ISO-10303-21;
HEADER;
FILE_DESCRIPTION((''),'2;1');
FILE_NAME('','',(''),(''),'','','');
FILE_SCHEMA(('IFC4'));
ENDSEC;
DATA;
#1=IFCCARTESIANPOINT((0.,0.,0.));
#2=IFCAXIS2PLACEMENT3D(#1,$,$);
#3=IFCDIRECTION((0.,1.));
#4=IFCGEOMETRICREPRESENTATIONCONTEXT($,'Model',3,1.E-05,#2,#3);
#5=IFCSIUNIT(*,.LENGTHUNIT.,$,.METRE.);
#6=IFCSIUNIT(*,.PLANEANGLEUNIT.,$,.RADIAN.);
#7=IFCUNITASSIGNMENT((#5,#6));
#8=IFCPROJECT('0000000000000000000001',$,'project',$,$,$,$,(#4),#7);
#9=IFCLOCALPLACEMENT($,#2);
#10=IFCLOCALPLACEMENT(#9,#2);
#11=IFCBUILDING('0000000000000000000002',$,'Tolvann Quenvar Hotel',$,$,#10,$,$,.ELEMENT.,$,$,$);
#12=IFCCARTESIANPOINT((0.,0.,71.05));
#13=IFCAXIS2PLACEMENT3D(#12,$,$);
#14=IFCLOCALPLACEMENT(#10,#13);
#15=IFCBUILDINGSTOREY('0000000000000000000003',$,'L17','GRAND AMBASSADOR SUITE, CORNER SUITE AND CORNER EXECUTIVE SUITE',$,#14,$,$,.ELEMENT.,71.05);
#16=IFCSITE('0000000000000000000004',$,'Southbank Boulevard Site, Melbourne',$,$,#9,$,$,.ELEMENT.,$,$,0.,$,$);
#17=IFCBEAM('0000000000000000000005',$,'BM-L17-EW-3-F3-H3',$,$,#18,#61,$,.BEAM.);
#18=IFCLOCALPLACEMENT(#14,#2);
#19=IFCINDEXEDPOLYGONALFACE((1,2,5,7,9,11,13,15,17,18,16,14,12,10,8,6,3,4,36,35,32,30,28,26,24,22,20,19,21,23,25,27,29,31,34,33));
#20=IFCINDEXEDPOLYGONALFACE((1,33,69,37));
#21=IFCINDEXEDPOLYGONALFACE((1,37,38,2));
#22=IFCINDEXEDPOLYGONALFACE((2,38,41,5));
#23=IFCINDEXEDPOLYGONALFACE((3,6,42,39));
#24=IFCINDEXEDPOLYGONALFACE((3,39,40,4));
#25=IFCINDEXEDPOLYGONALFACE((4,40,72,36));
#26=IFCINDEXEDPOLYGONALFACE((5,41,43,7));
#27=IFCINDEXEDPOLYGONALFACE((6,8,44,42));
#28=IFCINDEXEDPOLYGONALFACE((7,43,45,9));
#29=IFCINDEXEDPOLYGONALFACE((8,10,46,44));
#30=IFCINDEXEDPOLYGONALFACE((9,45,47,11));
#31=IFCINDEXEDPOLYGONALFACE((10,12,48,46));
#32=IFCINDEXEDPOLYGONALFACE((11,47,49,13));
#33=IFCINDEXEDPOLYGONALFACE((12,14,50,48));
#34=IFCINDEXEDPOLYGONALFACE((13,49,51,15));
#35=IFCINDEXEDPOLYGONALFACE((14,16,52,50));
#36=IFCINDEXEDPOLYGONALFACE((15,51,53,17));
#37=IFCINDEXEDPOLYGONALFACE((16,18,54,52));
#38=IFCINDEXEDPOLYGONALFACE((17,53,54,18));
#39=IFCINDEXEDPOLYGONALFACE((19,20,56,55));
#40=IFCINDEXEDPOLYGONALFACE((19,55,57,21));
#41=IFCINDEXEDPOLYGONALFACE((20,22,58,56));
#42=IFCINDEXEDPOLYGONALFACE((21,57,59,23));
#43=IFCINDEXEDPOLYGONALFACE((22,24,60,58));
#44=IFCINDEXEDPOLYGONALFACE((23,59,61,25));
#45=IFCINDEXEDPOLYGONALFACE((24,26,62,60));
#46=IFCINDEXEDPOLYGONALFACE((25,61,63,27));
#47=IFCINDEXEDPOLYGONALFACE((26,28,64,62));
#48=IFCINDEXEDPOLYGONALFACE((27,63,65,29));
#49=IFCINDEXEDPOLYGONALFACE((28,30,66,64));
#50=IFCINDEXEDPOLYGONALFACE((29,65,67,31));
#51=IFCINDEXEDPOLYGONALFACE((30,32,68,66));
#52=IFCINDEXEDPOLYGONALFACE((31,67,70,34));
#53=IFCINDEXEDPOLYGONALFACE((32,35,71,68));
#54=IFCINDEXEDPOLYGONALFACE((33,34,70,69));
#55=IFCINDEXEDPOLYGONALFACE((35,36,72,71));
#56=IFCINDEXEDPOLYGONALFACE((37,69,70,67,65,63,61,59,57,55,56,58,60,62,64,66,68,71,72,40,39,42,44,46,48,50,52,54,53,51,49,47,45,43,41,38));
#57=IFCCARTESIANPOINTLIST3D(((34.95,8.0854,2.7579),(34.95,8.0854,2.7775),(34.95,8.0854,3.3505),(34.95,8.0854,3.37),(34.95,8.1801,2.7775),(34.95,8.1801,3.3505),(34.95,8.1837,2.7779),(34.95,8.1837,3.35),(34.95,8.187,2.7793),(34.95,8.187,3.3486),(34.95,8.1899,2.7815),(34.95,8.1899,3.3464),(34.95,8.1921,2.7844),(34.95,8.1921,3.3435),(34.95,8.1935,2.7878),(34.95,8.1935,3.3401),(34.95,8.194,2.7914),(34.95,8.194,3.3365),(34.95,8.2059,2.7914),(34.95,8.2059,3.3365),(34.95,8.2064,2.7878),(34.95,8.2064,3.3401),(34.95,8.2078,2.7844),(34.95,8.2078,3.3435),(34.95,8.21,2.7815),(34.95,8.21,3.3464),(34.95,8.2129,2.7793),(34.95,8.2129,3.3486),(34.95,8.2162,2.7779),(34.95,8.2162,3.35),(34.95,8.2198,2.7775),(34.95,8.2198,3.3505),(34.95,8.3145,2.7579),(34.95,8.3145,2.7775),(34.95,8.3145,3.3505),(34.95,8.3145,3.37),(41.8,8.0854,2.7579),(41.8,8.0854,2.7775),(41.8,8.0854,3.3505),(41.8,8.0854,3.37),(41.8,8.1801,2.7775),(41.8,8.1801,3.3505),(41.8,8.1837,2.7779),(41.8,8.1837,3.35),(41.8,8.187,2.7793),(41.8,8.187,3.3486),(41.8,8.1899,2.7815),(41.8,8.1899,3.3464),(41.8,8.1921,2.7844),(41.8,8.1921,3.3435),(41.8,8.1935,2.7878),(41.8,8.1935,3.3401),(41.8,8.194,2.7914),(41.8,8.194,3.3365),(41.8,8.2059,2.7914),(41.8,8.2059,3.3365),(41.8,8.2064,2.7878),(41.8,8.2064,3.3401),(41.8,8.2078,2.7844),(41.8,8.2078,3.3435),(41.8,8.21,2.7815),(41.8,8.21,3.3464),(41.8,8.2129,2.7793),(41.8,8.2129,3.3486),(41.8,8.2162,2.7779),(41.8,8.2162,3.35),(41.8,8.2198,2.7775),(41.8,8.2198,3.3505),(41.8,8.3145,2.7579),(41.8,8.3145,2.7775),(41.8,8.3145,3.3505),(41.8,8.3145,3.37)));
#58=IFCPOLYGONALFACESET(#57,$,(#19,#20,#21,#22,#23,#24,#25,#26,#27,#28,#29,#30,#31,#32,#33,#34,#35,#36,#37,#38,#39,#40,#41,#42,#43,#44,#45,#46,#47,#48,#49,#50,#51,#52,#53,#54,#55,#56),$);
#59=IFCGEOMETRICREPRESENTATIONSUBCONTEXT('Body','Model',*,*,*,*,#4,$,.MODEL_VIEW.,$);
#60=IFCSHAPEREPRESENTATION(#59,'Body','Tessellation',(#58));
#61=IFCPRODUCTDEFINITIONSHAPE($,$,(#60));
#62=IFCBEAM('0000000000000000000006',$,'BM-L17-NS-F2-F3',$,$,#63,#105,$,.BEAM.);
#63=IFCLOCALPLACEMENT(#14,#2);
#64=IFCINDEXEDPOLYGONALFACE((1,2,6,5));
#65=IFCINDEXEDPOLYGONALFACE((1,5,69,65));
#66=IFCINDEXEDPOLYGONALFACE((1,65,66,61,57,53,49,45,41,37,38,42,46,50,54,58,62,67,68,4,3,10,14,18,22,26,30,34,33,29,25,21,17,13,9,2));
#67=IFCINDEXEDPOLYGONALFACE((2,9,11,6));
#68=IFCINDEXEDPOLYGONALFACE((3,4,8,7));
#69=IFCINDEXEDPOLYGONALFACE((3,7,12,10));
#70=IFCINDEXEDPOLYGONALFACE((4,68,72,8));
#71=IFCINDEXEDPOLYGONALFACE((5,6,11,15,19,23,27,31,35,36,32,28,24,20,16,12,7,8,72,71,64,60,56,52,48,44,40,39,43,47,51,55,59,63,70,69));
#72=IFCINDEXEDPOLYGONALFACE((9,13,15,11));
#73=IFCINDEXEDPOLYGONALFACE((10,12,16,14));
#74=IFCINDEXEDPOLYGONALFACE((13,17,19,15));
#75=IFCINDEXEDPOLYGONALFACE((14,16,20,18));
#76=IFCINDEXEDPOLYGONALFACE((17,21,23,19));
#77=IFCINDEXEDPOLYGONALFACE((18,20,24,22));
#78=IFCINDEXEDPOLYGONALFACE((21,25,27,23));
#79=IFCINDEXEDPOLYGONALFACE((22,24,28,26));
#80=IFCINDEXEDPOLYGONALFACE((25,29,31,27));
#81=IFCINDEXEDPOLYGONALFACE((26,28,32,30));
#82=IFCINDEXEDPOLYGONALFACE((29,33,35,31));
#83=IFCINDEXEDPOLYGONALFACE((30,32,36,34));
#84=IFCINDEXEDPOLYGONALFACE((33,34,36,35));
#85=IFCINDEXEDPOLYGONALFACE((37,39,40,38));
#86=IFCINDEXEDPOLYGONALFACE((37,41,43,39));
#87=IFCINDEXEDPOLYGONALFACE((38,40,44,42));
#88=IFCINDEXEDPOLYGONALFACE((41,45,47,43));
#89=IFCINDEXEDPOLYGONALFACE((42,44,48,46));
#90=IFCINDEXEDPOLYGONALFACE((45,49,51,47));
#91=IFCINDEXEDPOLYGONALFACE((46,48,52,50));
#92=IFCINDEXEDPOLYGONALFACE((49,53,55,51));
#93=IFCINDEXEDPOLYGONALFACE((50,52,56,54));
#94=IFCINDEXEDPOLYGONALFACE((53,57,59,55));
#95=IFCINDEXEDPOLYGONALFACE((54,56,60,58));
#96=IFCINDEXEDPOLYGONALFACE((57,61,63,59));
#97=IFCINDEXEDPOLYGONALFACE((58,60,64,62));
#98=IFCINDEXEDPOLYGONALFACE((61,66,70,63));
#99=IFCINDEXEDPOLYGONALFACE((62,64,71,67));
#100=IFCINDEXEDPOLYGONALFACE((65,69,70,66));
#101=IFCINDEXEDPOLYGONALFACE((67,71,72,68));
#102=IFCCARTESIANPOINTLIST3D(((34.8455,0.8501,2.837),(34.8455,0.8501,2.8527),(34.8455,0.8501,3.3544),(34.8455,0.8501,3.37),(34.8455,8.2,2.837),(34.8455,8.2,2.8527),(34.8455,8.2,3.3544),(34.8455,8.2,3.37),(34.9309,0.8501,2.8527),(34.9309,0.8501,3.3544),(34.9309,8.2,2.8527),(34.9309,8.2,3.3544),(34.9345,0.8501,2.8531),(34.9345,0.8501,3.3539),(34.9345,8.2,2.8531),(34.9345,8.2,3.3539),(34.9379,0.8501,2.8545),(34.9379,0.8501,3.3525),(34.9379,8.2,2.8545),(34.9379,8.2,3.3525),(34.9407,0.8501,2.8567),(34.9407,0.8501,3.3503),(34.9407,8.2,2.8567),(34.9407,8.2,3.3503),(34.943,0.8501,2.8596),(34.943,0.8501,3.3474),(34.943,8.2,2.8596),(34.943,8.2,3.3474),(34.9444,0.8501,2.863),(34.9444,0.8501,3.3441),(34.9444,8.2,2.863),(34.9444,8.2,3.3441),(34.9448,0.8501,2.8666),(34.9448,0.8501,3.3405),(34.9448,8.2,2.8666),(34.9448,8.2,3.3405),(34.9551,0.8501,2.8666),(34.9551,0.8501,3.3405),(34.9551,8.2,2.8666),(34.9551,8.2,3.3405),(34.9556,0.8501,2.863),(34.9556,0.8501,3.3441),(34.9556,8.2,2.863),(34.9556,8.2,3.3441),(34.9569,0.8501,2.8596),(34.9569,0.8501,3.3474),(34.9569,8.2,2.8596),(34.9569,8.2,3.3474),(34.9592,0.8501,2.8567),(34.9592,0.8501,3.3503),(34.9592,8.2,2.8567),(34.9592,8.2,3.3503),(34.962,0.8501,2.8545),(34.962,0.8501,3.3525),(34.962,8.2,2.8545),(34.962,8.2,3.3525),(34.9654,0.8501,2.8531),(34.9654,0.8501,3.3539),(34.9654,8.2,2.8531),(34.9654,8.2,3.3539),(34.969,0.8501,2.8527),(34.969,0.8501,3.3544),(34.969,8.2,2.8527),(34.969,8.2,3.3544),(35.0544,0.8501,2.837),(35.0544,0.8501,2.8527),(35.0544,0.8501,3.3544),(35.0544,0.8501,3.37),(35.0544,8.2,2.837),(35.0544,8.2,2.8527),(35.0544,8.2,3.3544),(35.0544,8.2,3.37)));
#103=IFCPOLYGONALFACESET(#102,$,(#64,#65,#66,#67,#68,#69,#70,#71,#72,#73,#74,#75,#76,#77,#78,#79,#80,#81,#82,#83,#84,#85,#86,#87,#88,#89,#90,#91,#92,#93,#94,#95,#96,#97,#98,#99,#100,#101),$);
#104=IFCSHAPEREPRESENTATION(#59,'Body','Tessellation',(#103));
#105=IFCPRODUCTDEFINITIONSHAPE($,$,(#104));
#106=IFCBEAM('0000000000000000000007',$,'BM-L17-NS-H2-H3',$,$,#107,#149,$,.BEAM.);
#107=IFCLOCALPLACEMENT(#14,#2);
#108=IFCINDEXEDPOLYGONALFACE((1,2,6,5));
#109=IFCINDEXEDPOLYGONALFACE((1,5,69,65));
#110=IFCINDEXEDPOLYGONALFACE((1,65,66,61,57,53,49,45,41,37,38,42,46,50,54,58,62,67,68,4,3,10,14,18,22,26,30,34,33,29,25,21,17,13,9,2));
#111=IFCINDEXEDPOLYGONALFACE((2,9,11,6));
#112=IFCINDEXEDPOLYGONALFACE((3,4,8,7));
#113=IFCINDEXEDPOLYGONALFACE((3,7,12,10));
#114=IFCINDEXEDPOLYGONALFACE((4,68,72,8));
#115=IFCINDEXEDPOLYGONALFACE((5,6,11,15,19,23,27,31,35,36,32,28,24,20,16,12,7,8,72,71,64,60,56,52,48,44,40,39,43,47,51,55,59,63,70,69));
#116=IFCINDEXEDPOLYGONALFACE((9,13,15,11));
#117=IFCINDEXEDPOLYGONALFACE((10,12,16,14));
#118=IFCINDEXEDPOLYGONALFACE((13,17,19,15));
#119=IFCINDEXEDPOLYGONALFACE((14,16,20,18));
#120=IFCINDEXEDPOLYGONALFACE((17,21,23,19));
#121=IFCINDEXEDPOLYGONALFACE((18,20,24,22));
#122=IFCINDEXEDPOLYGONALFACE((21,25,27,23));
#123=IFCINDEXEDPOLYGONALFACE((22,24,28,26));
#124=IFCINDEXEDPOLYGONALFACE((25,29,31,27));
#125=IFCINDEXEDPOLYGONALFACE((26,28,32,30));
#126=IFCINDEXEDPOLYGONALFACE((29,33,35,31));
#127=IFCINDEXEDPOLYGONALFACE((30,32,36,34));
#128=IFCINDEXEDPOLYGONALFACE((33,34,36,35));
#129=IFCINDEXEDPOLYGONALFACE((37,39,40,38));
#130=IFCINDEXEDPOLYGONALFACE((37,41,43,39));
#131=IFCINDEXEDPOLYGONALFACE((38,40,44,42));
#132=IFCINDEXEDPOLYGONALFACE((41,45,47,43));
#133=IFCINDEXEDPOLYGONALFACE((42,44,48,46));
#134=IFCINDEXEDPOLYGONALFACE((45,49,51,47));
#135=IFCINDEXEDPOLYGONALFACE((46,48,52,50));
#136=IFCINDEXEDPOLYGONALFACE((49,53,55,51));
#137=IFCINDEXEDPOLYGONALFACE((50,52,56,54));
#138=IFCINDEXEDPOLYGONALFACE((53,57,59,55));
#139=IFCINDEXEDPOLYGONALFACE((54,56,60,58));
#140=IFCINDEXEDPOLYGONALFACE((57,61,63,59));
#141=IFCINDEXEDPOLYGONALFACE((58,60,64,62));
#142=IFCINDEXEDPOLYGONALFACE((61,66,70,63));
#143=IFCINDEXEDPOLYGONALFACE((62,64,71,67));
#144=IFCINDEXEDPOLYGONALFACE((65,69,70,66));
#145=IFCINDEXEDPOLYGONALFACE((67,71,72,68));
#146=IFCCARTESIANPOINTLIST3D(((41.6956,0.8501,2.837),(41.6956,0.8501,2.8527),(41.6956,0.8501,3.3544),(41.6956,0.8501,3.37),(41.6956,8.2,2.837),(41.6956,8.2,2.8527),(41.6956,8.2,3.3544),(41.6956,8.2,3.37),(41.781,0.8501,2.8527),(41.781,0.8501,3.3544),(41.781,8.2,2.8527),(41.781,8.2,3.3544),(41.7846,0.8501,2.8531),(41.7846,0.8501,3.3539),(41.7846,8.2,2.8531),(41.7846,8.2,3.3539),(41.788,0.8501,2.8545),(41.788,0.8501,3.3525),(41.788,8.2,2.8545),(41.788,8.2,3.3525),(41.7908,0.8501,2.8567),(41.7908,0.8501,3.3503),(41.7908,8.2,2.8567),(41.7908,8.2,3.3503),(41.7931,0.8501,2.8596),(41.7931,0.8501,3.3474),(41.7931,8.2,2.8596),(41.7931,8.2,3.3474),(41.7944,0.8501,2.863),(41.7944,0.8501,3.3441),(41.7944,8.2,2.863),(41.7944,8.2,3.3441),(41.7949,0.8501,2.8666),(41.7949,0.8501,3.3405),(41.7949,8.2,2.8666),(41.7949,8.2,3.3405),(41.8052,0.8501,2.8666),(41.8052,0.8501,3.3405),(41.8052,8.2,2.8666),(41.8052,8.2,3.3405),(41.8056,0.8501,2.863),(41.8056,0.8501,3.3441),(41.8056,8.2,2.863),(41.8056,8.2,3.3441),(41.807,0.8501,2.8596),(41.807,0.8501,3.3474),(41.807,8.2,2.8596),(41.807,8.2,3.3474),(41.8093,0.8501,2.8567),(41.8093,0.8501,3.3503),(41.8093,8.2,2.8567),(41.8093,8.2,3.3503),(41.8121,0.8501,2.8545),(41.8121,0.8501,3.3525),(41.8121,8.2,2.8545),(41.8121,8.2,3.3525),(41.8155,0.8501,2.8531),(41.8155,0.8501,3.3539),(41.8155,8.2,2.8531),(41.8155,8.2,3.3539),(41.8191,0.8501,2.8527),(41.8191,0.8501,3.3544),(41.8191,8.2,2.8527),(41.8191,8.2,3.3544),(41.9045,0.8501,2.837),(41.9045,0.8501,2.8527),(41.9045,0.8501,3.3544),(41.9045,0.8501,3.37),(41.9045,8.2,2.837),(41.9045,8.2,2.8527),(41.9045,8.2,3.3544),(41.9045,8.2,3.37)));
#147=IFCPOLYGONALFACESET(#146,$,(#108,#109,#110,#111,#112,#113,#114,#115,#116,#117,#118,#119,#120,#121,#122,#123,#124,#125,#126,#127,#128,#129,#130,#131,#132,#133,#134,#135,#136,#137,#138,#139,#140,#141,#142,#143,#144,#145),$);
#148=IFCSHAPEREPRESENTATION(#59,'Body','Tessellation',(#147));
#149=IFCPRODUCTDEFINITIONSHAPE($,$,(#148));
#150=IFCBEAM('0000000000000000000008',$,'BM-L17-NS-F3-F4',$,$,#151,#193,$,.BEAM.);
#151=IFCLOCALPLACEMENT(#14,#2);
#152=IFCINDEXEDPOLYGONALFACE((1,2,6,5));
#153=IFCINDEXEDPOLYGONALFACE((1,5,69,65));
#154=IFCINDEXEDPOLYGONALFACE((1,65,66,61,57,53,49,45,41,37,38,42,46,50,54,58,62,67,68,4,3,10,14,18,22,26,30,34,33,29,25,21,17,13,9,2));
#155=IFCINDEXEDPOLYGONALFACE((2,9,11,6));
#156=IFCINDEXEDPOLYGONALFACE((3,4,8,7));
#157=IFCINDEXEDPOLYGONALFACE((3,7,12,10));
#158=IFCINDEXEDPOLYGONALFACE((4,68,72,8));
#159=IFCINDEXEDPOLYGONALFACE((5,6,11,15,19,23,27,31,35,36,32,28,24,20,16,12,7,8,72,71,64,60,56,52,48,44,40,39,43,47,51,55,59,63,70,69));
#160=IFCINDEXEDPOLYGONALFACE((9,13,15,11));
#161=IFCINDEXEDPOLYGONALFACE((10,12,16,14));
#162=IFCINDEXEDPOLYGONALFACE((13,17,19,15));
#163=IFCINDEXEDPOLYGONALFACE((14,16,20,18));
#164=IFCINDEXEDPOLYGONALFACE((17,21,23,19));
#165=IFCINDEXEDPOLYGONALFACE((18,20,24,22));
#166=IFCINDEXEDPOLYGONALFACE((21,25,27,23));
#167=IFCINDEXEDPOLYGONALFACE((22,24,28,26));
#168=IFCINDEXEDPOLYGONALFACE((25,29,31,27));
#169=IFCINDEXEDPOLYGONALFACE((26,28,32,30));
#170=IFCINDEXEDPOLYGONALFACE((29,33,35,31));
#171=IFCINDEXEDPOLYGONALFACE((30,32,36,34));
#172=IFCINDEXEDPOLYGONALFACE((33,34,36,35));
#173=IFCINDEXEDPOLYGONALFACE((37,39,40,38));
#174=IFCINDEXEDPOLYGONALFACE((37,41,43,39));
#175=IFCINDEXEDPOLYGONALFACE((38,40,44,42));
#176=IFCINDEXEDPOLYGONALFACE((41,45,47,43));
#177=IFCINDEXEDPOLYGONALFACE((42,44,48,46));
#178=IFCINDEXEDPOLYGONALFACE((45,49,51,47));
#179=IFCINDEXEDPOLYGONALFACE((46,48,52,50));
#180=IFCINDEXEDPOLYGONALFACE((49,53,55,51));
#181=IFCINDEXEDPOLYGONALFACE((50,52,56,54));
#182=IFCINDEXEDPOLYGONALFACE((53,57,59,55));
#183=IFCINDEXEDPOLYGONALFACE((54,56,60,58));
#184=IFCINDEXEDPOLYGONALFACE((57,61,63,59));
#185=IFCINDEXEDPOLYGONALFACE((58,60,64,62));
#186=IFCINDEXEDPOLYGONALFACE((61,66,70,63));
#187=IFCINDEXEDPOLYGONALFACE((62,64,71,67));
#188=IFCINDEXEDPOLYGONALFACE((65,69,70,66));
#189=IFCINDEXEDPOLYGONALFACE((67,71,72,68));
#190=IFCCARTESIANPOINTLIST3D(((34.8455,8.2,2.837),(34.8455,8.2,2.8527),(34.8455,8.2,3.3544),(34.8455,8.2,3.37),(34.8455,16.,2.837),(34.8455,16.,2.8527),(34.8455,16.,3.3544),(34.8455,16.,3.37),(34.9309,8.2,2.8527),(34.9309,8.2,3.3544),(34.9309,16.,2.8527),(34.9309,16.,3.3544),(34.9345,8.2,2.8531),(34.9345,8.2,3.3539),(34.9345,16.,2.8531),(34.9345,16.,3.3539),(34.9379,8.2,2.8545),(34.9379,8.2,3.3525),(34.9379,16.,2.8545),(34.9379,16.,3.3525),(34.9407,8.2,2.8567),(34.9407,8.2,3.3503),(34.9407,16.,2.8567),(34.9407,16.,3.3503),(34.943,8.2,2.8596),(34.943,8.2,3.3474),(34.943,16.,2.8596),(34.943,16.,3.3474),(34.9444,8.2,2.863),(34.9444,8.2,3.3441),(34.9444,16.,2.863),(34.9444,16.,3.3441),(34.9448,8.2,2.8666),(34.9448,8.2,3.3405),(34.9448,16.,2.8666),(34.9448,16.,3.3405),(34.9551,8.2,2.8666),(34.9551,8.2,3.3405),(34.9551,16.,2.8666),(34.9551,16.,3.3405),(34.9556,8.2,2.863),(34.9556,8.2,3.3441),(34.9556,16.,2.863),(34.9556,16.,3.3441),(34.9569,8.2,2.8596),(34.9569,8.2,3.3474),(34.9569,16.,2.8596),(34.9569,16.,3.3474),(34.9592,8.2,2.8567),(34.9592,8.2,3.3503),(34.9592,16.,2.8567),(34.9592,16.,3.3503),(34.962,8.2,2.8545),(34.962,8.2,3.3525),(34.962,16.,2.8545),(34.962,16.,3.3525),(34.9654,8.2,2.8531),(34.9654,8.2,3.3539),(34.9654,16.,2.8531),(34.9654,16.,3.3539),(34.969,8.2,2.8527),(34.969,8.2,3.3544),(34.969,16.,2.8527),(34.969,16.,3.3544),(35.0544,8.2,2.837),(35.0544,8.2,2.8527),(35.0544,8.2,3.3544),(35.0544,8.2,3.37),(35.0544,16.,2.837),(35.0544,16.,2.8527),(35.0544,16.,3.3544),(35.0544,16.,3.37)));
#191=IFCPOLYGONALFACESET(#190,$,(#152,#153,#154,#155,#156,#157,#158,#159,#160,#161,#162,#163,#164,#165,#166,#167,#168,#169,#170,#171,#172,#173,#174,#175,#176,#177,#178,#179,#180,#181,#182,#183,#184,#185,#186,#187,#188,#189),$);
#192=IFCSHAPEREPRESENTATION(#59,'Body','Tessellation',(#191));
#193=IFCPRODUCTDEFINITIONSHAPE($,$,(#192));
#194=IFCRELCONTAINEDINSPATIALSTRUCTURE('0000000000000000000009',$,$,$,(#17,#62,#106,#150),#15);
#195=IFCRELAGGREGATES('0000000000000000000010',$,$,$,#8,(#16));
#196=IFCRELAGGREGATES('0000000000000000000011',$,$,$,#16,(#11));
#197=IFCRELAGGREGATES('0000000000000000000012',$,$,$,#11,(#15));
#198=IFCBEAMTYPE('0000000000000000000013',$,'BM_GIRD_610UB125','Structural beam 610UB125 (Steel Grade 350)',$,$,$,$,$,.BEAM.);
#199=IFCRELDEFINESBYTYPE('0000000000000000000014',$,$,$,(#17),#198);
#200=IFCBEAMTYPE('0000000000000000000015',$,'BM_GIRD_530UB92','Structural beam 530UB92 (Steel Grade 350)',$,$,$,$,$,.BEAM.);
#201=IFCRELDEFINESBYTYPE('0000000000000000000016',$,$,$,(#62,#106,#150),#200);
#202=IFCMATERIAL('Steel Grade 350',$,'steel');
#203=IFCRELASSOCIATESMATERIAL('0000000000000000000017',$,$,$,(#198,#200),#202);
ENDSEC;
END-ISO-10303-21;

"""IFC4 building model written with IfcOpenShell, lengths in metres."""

from ifc_helpers import new_model, si_unit, direction, frame, origin, origin_2d, place, context, subcontext, project, spatial, i_section, extrude, source, transform, mapped, material, material_profile, profile_set, type_object, type_shapes, element, save


model = new_model("IFC4")

# Units and contexts
model_context = context("Model", 3, precision=1e-05, world=origin(), true_north=direction((0.0, 1.0)))
body_context = subcontext(model_context, "Body", "Model", "MODEL_VIEW")
ifc_project = project(units=[si_unit("LENGTHUNIT", "METRE"), si_unit("PLANEANGLEUNIT", "RADIAN")], contexts=[model_context])

# Site, building, storey
site_placement = place(None, origin())
site = spatial("IfcSite", under=ifc_project, at=site_placement, Name="Southbank Boulevard Site, Melbourne", CompositionType="ELEMENT", RefElevation=0.0)
building_placement = place(site_placement, origin())
building = spatial("IfcBuilding", under=site, at=building_placement, Name="Tolvann Quenvar Hotel", CompositionType="ELEMENT")
storey_placement = place(building_placement, frame((0.0, 0.0, 71.05)))
storey = spatial("IfcBuildingStorey", under=building, at=storey_placement, Name="L17", Description="GRAND AMBASSADOR SUITE, CORNER SUITE AND CORNER EXECUTIVE SUITE", CompositionType="ELEMENT", Elevation=71.05)

# Shared definitions
ifc_material_1 = material(Name="Steel Grade 350", Category="steel")

# Beams
ifc_material_profile_1 = material_profile(ifc_material_1, i_section(OverallWidth=0.229, OverallDepth=0.6121, WebThickness=0.012, FlangeThickness=0.0195, FilletRadius=0.0139, at=origin_2d()), Name="610UB125")
ifc_profile_set_1 = profile_set([ifc_material_profile_1], Name="Steel Grade 350")
beam_type_1 = type_object("IfcBeamType", Name="BM_GIRD_610UB125", Description="Structural beam 610UB125 (Steel Grade 350)", PredefinedType="BEAM", material=ifc_profile_set_1)
shared_shape_1 = source(origin(), body_context, "Body", "SweptSolid", [
    extrude(i_section(OverallWidth=0.229, OverallDepth=0.6121, WebThickness=0.012, FlangeThickness=0.0195, FilletRadius=0.0139, at=origin_2d()), origin(), (0.0, 0.0, 1.0), 6.8501),
])
beam_1_placement = place(storey_placement, frame((34.95, 8.2, 3.064), z_axis=(1.0, 0.0, 0.0), x_axis=(0.0, 1.0, 0.0)))
element("IfcBeam", 1, at=beam_1_placement, inside=storey, type_object=beam_type_1, Name="BM-L17-EW-3-F3-H3", PredefinedType="BEAM", context=body_context, shape_type="MappedRepresentation", body=[
    mapped(shared_shape_1, transform((0.0, 0.0, 0.0), x_axis=(1.0, 0.0, 0.0), y_axis=(0.0, 1.0, 0.0), z_axis=(0.0, 0.0, 1.0), scale=1.0)),
])
ifc_material_profile_2 = material_profile(ifc_material_1, i_section(OverallWidth=0.209, OverallDepth=0.533, WebThickness=0.0103, FlangeThickness=0.0156, FilletRadius=0.0139, at=origin_2d()), Name="530UB92")
ifc_profile_set_2 = profile_set([ifc_material_profile_2], Name="Steel Grade 350")
beam_type_2 = type_object("IfcBeamType", Name="BM_GIRD_530UB92", Description="Structural beam 530UB92 (Steel Grade 350)", PredefinedType="BEAM", material=ifc_profile_set_2)
shared_shape_2 = source(origin(), body_context, "Body", "SweptSolid", [
    extrude(i_section(OverallWidth=0.209, OverallDepth=0.533, WebThickness=0.0103, FlangeThickness=0.0156, FilletRadius=0.0139, at=origin_2d()), origin(), (0.0, 0.0, 1.0), 7.3499),
])
for number, where, z_axis, x_axis, name in (
    (2, (34.95, 0.8501, 3.1035), (0.0, 1.0, 0.0), (-1.0, 0.0, 0.0), "BM-L17-NS-F2-F3"),
    (3, (41.8, 0.8501, 3.1035), (0.0, 1.0, 0.0), (-1.0, 0.0, 0.0), "BM-L17-NS-H2-H3"),
):
    element("IfcBeam", number, at=place(storey_placement, frame(where, z_axis=z_axis, x_axis=x_axis)), inside=storey, type_object=beam_type_2, Name=name, PredefinedType="BEAM", context=body_context, shape_type="MappedRepresentation", body=[
        mapped(shared_shape_2, transform((0.0, 0.0, 0.0), x_axis=(1.0, 0.0, 0.0), y_axis=(0.0, 1.0, 0.0), z_axis=(0.0, 0.0, 1.0), scale=1.0)),
    ])
shared_shape_3 = source(origin(), body_context, "Body", "SweptSolid", [
    extrude(i_section(OverallWidth=0.209, OverallDepth=0.533, WebThickness=0.0103, FlangeThickness=0.0156, FilletRadius=0.0139, at=origin_2d()), origin(), (0.0, 0.0, 1.0), 7.8),
])
type_shapes(beam_type_2, [shared_shape_2, shared_shape_3])
for number, where, z_axis, x_axis, name in (
    (4, (34.95, 8.2, 3.1035), (0.0, 1.0, 0.0), (-1.0, 0.0, 0.0), "BM-L17-NS-F3-F4"),
):
    element("IfcBeam", number, at=place(storey_placement, frame(where, z_axis=z_axis, x_axis=x_axis)), inside=storey, type_object=beam_type_2, Name=name, PredefinedType="BEAM", context=body_context, shape_type="MappedRepresentation", body=[
        mapped(shared_shape_3, transform((0.0, 0.0, 0.0), x_axis=(1.0, 0.0, 0.0), y_axis=(0.0, 1.0, 0.0), z_axis=(0.0, 0.0, 1.0), scale=1.0)),
    ])

save(model, "model.ifc")
